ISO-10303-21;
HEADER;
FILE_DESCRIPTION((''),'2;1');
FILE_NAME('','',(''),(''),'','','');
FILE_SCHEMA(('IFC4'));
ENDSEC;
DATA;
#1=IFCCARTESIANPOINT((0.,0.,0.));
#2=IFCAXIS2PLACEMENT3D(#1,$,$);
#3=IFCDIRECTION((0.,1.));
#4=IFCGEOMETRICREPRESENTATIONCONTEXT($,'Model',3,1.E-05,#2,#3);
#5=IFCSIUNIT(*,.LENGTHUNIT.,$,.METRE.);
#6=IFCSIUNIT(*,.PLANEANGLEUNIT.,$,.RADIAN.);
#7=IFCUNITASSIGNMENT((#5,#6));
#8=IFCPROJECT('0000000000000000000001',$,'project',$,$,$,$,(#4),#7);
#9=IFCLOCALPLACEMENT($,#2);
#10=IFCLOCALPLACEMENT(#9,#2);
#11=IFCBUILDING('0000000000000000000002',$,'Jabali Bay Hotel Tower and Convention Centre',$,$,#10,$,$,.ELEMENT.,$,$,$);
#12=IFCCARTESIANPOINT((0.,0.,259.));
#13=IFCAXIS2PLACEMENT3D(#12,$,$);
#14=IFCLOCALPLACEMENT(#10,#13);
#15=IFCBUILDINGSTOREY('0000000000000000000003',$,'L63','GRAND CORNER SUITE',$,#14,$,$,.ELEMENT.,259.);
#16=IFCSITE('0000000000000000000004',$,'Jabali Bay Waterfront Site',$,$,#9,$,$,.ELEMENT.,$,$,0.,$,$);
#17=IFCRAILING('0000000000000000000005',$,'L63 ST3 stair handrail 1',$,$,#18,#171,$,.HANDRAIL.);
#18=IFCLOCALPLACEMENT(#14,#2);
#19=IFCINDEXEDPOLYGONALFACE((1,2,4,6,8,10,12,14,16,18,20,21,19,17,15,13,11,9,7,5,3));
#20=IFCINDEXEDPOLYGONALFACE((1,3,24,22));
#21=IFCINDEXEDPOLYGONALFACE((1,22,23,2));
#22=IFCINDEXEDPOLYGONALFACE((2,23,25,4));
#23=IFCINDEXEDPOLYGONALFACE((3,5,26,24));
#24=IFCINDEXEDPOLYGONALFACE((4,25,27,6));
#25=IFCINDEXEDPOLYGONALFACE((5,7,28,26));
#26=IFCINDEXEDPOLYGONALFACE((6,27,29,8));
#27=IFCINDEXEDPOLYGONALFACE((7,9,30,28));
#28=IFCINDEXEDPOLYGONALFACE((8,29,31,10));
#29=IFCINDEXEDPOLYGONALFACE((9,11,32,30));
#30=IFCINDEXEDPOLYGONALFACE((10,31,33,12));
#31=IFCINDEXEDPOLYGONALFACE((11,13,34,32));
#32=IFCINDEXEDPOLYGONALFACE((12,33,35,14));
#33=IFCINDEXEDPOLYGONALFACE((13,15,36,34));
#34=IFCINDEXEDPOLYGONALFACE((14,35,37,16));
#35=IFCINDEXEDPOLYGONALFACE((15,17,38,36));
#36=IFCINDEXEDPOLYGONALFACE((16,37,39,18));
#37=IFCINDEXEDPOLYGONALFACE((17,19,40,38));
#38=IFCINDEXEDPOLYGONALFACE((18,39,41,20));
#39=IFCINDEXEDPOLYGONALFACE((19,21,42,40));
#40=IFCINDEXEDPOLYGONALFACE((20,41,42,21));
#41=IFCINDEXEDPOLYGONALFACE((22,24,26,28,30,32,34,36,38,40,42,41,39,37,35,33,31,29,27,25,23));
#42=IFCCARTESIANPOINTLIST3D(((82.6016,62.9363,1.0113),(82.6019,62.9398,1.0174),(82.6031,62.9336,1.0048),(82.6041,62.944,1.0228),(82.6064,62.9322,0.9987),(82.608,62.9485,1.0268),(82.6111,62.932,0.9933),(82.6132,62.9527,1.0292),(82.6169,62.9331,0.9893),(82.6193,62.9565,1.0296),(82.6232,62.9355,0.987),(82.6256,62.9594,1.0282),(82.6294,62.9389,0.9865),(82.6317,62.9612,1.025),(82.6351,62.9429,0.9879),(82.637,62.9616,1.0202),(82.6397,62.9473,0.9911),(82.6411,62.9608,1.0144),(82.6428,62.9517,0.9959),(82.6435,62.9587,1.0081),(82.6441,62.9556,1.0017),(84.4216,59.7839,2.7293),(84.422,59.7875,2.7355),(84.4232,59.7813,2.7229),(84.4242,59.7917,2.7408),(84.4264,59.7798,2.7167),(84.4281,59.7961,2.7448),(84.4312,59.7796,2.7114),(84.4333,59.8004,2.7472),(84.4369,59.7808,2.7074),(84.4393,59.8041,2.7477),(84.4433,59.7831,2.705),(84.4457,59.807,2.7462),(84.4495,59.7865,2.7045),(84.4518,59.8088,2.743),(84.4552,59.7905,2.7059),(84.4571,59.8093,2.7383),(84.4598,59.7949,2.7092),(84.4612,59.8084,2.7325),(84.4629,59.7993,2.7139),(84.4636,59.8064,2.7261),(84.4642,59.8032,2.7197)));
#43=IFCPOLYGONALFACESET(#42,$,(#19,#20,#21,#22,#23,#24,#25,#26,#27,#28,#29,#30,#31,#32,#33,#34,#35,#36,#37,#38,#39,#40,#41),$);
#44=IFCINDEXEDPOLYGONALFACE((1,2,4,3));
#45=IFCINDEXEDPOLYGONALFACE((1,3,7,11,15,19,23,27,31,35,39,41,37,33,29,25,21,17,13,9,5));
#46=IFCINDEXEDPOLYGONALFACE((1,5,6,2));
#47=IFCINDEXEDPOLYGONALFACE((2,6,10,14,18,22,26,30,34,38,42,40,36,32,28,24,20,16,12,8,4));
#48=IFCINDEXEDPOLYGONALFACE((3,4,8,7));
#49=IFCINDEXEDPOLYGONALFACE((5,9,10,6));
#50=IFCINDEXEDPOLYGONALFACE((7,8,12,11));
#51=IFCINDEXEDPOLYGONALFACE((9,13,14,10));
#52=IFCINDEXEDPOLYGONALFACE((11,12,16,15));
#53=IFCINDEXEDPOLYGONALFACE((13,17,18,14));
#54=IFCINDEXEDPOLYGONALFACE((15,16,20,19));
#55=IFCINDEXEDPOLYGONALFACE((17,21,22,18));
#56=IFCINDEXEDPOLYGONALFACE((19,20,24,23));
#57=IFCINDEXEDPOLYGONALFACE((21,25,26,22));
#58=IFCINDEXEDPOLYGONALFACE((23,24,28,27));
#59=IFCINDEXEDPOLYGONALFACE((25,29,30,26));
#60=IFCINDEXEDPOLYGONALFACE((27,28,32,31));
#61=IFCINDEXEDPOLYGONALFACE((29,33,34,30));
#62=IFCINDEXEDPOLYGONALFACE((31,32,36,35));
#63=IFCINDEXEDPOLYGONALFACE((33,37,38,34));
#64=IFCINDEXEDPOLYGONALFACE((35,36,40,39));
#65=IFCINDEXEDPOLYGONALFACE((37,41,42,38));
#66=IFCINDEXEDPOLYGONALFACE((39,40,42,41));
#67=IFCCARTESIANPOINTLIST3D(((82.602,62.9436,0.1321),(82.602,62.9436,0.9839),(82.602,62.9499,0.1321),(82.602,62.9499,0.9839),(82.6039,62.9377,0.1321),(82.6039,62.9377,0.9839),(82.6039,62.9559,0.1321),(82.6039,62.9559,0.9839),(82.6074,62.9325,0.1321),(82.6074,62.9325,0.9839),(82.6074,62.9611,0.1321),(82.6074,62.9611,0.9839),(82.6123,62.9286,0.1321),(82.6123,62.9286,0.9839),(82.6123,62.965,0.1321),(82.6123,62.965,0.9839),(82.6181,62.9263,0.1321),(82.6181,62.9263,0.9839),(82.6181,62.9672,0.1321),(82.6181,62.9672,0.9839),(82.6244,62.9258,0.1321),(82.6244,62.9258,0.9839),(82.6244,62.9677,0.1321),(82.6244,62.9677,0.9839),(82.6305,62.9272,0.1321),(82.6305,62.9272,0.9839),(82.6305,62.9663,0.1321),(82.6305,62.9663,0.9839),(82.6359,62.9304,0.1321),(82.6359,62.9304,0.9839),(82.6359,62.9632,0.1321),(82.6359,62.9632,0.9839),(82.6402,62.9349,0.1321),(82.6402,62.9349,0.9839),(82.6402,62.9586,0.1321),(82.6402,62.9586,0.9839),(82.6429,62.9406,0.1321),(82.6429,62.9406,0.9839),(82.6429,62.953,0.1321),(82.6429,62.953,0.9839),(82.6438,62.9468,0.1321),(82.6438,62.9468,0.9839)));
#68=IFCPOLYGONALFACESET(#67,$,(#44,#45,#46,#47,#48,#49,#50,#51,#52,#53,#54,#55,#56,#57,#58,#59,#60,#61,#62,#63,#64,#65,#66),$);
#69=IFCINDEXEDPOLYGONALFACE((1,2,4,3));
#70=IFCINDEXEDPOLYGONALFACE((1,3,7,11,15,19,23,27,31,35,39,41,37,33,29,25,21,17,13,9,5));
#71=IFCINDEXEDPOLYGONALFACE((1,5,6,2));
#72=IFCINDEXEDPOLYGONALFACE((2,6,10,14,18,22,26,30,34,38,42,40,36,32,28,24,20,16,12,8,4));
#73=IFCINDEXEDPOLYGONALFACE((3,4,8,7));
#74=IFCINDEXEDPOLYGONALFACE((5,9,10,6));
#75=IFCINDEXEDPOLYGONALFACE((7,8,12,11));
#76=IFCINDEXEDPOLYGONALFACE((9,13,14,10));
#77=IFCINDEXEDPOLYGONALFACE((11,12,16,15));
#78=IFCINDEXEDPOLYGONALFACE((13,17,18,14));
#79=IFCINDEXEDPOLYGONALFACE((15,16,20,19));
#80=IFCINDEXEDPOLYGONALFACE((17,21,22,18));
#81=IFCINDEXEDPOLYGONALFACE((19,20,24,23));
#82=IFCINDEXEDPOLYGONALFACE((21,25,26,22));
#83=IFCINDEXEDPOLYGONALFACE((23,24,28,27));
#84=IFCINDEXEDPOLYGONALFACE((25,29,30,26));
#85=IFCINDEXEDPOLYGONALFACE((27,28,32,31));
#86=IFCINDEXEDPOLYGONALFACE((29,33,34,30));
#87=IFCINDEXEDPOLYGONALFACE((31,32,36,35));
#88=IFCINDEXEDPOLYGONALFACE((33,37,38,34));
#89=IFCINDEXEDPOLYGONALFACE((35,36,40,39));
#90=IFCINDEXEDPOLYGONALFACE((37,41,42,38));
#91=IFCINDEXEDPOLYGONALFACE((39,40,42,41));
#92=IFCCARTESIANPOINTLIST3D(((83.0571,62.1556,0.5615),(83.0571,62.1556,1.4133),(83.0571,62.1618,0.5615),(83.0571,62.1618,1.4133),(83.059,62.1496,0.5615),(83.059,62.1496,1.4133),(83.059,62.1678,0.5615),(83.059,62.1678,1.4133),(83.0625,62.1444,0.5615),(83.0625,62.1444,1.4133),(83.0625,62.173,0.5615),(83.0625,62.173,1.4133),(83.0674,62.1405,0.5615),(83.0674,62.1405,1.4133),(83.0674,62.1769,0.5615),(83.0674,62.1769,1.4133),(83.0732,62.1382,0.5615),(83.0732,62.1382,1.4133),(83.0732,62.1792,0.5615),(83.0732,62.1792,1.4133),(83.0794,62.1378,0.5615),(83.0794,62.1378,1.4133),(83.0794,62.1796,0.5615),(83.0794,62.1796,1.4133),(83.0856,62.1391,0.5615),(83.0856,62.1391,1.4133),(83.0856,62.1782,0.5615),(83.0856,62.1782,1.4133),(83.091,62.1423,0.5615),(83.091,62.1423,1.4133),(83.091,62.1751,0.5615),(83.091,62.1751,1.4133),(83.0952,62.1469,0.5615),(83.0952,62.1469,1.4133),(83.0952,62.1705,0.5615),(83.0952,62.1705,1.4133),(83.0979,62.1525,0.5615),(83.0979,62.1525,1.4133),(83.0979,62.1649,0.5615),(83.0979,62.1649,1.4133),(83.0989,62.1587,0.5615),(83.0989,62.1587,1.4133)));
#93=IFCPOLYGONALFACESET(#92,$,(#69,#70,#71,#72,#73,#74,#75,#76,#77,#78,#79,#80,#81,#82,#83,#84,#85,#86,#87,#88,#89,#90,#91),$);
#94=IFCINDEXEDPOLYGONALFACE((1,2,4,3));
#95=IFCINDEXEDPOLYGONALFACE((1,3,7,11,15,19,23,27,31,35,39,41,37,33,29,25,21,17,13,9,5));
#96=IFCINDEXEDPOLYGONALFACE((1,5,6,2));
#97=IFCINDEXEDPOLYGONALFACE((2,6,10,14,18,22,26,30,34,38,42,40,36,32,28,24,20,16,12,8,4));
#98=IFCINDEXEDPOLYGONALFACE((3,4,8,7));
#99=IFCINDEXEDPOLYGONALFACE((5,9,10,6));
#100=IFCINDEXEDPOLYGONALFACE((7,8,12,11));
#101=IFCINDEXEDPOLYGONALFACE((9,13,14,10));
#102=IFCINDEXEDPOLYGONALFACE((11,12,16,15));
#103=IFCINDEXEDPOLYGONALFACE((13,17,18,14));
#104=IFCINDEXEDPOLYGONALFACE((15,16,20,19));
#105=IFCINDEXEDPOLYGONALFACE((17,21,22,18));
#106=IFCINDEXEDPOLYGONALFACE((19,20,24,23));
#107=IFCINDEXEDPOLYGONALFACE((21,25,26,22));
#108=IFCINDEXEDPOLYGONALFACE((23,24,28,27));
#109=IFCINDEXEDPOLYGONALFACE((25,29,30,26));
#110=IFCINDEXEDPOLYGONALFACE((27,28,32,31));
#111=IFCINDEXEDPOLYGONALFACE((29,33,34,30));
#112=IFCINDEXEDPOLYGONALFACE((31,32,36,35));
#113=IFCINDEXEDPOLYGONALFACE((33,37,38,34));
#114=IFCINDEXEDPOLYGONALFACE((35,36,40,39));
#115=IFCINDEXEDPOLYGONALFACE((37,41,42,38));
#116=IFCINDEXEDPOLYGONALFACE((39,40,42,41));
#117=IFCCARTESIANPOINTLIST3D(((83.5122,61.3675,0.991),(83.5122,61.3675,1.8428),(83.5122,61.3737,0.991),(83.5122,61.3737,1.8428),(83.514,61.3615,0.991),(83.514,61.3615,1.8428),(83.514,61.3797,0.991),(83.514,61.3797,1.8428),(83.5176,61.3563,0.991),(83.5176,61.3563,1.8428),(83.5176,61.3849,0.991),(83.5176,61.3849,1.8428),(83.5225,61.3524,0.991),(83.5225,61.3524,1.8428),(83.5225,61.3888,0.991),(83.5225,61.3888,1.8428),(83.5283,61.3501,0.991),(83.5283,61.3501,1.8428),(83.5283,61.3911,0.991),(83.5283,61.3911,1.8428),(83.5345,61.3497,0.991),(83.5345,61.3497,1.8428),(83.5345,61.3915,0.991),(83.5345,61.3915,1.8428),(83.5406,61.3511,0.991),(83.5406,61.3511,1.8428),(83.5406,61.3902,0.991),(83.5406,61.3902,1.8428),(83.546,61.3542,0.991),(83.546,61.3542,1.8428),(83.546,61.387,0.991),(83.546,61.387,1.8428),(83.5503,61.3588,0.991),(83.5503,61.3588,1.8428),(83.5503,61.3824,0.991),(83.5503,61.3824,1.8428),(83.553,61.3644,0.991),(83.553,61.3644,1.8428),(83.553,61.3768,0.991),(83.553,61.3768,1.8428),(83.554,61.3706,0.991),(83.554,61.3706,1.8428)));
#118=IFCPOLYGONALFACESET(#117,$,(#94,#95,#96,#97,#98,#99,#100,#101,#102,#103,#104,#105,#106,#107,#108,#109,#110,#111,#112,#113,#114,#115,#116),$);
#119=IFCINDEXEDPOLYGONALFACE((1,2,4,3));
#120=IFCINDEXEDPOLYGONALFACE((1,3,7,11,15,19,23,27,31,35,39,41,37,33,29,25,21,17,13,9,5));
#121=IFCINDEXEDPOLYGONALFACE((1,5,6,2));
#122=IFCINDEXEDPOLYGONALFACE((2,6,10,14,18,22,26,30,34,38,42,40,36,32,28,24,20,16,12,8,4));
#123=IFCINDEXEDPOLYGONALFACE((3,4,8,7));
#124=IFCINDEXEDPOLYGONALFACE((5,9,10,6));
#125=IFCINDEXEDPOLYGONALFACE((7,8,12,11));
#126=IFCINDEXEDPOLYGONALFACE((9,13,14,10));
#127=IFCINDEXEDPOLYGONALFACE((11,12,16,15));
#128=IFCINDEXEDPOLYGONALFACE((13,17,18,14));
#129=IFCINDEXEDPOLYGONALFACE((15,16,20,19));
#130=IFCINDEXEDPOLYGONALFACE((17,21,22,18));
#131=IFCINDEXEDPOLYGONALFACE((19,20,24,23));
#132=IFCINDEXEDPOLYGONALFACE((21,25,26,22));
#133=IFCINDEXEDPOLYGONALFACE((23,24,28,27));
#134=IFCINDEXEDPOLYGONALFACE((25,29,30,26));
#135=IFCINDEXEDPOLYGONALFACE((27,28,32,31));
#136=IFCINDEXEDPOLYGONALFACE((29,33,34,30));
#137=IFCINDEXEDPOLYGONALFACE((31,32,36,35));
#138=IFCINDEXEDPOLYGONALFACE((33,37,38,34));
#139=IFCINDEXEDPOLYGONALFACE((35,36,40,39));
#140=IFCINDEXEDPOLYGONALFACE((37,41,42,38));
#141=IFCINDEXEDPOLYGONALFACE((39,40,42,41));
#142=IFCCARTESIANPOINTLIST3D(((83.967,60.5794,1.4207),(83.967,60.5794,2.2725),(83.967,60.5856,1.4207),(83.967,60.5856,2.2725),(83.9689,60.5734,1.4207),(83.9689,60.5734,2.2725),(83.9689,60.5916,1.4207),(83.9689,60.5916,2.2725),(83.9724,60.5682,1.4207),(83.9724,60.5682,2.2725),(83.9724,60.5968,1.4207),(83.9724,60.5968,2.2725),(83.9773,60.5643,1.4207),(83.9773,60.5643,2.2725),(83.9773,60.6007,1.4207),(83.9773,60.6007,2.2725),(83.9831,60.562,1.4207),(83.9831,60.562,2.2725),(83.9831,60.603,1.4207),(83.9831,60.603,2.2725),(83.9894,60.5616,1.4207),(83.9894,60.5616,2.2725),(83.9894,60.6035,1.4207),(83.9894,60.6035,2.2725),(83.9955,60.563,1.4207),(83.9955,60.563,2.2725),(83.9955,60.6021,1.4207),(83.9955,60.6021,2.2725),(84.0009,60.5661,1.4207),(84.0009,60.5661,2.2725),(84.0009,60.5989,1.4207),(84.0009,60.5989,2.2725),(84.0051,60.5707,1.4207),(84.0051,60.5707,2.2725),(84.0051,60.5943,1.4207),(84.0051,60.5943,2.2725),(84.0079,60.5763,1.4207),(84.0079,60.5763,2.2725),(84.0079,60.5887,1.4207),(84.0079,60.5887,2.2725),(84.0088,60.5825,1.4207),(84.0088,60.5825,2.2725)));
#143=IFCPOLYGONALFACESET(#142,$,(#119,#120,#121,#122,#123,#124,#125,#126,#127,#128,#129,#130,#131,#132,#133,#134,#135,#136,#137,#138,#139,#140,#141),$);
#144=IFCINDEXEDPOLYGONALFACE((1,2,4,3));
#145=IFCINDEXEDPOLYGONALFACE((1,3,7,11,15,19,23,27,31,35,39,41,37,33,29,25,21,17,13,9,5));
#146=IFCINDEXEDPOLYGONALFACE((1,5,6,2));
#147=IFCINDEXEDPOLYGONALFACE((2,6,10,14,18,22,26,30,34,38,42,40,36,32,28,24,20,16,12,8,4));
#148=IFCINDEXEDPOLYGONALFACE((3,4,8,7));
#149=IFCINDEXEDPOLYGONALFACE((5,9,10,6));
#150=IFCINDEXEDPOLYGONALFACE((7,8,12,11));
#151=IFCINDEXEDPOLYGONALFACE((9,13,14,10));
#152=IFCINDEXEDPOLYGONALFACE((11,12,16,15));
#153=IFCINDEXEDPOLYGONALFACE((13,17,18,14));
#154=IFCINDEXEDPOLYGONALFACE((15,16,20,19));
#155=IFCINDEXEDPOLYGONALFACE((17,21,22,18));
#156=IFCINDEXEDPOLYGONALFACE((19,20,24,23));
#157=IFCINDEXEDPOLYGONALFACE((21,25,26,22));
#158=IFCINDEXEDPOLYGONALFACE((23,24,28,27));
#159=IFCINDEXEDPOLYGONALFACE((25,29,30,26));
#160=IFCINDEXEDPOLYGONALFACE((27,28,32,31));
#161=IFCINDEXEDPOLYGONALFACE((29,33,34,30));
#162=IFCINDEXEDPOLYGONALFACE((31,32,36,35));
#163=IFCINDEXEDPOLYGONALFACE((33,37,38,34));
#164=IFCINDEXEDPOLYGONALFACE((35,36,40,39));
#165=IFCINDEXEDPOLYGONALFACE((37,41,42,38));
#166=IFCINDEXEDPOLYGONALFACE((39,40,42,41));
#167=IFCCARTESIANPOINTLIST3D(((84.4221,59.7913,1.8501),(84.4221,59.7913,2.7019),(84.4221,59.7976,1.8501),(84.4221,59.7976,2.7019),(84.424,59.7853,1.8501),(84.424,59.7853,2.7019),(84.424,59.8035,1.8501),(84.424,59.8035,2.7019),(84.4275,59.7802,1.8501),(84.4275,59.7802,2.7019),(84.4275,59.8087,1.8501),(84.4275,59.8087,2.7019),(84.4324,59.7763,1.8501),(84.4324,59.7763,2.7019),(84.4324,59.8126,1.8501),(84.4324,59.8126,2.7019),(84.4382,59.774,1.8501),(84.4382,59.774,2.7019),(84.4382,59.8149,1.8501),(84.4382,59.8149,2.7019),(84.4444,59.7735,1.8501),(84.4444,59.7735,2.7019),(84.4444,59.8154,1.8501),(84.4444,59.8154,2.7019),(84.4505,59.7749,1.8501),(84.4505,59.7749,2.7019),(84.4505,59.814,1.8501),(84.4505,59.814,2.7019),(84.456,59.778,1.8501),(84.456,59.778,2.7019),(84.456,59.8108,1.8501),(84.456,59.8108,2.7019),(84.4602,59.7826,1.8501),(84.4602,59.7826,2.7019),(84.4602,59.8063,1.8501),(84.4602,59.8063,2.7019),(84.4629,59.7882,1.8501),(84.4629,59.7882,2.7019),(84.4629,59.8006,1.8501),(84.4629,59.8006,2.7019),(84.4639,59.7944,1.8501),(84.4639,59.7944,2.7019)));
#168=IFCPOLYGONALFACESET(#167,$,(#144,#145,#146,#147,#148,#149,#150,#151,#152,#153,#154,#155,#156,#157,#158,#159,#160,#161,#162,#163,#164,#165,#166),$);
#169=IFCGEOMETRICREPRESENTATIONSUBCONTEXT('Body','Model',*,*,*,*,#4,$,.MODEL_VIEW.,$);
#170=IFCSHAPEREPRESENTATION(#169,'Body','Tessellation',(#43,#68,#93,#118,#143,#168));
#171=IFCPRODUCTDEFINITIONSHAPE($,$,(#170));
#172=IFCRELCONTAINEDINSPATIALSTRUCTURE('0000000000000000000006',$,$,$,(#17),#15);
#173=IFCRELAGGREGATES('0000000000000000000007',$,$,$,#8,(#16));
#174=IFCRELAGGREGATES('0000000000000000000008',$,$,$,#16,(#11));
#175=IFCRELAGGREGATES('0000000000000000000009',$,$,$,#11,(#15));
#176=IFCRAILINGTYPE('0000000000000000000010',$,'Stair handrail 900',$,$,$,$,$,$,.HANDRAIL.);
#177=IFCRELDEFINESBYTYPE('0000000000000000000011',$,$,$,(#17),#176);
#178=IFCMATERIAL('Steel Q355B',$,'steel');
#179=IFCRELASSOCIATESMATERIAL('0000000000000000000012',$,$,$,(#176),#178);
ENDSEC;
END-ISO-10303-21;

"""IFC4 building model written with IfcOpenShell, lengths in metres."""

from ifc_helpers import new_model, si_unit, direction, frame, origin, origin_2d, place, context, subcontext, project, spatial, circle, extrude, material, type_object, element, save


model = new_model("IFC4")

# Units and contexts
model_context = context("Model", 3, precision=1e-05, world=origin(), true_north=direction((0.0, 1.0)))
body_context = subcontext(model_context, "Body", "Model", "MODEL_VIEW")
ifc_project = project(units=[si_unit("LENGTHUNIT", "METRE"), si_unit("PLANEANGLEUNIT", "RADIAN")], contexts=[model_context])

# Site, building, storey
site_placement = place(None, origin())
site = spatial("IfcSite", under=ifc_project, at=site_placement, Name="Jabali Bay Waterfront Site", CompositionType="ELEMENT", RefElevation=0.0)
building_placement = place(site_placement, origin())
building = spatial("IfcBuilding", under=site, at=building_placement, Name="Jabali Bay Hotel Tower and Convention Centre", CompositionType="ELEMENT")
storey_placement = place(building_placement, frame((0.0, 0.0, 259.0)))
storey = spatial("IfcBuildingStorey", under=building, at=storey_placement, Name="L63", Description="GRAND CORNER SUITE", CompositionType="ELEMENT", Elevation=259.0)

# Railing
ifc_material_1 = material(Name="Steel Q355B", Category="steel")
railing_type_1 = type_object("IfcRailingType", Name="Stair handrail 900", PredefinedType="HANDRAIL", material=ifc_material_1)
railing_1_placement = place(storey_placement, frame((82.6228, 62.9468, 0.1321)))
element("IfcRailing", 1, at=railing_1_placement, inside=storey, type_object=railing_type_1, Name="L63 ST3 stair handrail 1", PredefinedType="HANDRAIL", context=body_context, shape_type="SweptSolid", body=[
    extrude(circle(Radius=0.0239, at=origin_2d()), frame((0.0, 0.0, 0.876), z_axis=(0.452179, -0.78317, 0.426825), x_axis=(0.866018, 0.500013, 0.0)), (0.0, 0.0, 1.0), 4.0251),
    extrude(circle(Radius=0.021, at=origin_2d()), origin(), (0.0, 0.0, 1.0), 0.8518),
    extrude(circle(Radius=0.021, at=origin_2d()), frame((0.4551, -0.7881, 0.4294)), (0.0, 0.0, 1.0), 0.8518),
    extrude(circle(Radius=0.021, at=origin_2d()), frame((0.9102, -1.5762, 0.8589)), (0.0, 0.0, 1.0), 0.8518),
    extrude(circle(Radius=0.021, at=origin_2d()), frame((1.365, -2.3643, 1.2886)), (0.0, 0.0, 1.0), 0.8518),
    extrude(circle(Radius=0.021, at=origin_2d()), frame((1.8201, -3.1523, 1.718)), (0.0, 0.0, 1.0), 0.8518),
])

save(model, "model.ifc")
